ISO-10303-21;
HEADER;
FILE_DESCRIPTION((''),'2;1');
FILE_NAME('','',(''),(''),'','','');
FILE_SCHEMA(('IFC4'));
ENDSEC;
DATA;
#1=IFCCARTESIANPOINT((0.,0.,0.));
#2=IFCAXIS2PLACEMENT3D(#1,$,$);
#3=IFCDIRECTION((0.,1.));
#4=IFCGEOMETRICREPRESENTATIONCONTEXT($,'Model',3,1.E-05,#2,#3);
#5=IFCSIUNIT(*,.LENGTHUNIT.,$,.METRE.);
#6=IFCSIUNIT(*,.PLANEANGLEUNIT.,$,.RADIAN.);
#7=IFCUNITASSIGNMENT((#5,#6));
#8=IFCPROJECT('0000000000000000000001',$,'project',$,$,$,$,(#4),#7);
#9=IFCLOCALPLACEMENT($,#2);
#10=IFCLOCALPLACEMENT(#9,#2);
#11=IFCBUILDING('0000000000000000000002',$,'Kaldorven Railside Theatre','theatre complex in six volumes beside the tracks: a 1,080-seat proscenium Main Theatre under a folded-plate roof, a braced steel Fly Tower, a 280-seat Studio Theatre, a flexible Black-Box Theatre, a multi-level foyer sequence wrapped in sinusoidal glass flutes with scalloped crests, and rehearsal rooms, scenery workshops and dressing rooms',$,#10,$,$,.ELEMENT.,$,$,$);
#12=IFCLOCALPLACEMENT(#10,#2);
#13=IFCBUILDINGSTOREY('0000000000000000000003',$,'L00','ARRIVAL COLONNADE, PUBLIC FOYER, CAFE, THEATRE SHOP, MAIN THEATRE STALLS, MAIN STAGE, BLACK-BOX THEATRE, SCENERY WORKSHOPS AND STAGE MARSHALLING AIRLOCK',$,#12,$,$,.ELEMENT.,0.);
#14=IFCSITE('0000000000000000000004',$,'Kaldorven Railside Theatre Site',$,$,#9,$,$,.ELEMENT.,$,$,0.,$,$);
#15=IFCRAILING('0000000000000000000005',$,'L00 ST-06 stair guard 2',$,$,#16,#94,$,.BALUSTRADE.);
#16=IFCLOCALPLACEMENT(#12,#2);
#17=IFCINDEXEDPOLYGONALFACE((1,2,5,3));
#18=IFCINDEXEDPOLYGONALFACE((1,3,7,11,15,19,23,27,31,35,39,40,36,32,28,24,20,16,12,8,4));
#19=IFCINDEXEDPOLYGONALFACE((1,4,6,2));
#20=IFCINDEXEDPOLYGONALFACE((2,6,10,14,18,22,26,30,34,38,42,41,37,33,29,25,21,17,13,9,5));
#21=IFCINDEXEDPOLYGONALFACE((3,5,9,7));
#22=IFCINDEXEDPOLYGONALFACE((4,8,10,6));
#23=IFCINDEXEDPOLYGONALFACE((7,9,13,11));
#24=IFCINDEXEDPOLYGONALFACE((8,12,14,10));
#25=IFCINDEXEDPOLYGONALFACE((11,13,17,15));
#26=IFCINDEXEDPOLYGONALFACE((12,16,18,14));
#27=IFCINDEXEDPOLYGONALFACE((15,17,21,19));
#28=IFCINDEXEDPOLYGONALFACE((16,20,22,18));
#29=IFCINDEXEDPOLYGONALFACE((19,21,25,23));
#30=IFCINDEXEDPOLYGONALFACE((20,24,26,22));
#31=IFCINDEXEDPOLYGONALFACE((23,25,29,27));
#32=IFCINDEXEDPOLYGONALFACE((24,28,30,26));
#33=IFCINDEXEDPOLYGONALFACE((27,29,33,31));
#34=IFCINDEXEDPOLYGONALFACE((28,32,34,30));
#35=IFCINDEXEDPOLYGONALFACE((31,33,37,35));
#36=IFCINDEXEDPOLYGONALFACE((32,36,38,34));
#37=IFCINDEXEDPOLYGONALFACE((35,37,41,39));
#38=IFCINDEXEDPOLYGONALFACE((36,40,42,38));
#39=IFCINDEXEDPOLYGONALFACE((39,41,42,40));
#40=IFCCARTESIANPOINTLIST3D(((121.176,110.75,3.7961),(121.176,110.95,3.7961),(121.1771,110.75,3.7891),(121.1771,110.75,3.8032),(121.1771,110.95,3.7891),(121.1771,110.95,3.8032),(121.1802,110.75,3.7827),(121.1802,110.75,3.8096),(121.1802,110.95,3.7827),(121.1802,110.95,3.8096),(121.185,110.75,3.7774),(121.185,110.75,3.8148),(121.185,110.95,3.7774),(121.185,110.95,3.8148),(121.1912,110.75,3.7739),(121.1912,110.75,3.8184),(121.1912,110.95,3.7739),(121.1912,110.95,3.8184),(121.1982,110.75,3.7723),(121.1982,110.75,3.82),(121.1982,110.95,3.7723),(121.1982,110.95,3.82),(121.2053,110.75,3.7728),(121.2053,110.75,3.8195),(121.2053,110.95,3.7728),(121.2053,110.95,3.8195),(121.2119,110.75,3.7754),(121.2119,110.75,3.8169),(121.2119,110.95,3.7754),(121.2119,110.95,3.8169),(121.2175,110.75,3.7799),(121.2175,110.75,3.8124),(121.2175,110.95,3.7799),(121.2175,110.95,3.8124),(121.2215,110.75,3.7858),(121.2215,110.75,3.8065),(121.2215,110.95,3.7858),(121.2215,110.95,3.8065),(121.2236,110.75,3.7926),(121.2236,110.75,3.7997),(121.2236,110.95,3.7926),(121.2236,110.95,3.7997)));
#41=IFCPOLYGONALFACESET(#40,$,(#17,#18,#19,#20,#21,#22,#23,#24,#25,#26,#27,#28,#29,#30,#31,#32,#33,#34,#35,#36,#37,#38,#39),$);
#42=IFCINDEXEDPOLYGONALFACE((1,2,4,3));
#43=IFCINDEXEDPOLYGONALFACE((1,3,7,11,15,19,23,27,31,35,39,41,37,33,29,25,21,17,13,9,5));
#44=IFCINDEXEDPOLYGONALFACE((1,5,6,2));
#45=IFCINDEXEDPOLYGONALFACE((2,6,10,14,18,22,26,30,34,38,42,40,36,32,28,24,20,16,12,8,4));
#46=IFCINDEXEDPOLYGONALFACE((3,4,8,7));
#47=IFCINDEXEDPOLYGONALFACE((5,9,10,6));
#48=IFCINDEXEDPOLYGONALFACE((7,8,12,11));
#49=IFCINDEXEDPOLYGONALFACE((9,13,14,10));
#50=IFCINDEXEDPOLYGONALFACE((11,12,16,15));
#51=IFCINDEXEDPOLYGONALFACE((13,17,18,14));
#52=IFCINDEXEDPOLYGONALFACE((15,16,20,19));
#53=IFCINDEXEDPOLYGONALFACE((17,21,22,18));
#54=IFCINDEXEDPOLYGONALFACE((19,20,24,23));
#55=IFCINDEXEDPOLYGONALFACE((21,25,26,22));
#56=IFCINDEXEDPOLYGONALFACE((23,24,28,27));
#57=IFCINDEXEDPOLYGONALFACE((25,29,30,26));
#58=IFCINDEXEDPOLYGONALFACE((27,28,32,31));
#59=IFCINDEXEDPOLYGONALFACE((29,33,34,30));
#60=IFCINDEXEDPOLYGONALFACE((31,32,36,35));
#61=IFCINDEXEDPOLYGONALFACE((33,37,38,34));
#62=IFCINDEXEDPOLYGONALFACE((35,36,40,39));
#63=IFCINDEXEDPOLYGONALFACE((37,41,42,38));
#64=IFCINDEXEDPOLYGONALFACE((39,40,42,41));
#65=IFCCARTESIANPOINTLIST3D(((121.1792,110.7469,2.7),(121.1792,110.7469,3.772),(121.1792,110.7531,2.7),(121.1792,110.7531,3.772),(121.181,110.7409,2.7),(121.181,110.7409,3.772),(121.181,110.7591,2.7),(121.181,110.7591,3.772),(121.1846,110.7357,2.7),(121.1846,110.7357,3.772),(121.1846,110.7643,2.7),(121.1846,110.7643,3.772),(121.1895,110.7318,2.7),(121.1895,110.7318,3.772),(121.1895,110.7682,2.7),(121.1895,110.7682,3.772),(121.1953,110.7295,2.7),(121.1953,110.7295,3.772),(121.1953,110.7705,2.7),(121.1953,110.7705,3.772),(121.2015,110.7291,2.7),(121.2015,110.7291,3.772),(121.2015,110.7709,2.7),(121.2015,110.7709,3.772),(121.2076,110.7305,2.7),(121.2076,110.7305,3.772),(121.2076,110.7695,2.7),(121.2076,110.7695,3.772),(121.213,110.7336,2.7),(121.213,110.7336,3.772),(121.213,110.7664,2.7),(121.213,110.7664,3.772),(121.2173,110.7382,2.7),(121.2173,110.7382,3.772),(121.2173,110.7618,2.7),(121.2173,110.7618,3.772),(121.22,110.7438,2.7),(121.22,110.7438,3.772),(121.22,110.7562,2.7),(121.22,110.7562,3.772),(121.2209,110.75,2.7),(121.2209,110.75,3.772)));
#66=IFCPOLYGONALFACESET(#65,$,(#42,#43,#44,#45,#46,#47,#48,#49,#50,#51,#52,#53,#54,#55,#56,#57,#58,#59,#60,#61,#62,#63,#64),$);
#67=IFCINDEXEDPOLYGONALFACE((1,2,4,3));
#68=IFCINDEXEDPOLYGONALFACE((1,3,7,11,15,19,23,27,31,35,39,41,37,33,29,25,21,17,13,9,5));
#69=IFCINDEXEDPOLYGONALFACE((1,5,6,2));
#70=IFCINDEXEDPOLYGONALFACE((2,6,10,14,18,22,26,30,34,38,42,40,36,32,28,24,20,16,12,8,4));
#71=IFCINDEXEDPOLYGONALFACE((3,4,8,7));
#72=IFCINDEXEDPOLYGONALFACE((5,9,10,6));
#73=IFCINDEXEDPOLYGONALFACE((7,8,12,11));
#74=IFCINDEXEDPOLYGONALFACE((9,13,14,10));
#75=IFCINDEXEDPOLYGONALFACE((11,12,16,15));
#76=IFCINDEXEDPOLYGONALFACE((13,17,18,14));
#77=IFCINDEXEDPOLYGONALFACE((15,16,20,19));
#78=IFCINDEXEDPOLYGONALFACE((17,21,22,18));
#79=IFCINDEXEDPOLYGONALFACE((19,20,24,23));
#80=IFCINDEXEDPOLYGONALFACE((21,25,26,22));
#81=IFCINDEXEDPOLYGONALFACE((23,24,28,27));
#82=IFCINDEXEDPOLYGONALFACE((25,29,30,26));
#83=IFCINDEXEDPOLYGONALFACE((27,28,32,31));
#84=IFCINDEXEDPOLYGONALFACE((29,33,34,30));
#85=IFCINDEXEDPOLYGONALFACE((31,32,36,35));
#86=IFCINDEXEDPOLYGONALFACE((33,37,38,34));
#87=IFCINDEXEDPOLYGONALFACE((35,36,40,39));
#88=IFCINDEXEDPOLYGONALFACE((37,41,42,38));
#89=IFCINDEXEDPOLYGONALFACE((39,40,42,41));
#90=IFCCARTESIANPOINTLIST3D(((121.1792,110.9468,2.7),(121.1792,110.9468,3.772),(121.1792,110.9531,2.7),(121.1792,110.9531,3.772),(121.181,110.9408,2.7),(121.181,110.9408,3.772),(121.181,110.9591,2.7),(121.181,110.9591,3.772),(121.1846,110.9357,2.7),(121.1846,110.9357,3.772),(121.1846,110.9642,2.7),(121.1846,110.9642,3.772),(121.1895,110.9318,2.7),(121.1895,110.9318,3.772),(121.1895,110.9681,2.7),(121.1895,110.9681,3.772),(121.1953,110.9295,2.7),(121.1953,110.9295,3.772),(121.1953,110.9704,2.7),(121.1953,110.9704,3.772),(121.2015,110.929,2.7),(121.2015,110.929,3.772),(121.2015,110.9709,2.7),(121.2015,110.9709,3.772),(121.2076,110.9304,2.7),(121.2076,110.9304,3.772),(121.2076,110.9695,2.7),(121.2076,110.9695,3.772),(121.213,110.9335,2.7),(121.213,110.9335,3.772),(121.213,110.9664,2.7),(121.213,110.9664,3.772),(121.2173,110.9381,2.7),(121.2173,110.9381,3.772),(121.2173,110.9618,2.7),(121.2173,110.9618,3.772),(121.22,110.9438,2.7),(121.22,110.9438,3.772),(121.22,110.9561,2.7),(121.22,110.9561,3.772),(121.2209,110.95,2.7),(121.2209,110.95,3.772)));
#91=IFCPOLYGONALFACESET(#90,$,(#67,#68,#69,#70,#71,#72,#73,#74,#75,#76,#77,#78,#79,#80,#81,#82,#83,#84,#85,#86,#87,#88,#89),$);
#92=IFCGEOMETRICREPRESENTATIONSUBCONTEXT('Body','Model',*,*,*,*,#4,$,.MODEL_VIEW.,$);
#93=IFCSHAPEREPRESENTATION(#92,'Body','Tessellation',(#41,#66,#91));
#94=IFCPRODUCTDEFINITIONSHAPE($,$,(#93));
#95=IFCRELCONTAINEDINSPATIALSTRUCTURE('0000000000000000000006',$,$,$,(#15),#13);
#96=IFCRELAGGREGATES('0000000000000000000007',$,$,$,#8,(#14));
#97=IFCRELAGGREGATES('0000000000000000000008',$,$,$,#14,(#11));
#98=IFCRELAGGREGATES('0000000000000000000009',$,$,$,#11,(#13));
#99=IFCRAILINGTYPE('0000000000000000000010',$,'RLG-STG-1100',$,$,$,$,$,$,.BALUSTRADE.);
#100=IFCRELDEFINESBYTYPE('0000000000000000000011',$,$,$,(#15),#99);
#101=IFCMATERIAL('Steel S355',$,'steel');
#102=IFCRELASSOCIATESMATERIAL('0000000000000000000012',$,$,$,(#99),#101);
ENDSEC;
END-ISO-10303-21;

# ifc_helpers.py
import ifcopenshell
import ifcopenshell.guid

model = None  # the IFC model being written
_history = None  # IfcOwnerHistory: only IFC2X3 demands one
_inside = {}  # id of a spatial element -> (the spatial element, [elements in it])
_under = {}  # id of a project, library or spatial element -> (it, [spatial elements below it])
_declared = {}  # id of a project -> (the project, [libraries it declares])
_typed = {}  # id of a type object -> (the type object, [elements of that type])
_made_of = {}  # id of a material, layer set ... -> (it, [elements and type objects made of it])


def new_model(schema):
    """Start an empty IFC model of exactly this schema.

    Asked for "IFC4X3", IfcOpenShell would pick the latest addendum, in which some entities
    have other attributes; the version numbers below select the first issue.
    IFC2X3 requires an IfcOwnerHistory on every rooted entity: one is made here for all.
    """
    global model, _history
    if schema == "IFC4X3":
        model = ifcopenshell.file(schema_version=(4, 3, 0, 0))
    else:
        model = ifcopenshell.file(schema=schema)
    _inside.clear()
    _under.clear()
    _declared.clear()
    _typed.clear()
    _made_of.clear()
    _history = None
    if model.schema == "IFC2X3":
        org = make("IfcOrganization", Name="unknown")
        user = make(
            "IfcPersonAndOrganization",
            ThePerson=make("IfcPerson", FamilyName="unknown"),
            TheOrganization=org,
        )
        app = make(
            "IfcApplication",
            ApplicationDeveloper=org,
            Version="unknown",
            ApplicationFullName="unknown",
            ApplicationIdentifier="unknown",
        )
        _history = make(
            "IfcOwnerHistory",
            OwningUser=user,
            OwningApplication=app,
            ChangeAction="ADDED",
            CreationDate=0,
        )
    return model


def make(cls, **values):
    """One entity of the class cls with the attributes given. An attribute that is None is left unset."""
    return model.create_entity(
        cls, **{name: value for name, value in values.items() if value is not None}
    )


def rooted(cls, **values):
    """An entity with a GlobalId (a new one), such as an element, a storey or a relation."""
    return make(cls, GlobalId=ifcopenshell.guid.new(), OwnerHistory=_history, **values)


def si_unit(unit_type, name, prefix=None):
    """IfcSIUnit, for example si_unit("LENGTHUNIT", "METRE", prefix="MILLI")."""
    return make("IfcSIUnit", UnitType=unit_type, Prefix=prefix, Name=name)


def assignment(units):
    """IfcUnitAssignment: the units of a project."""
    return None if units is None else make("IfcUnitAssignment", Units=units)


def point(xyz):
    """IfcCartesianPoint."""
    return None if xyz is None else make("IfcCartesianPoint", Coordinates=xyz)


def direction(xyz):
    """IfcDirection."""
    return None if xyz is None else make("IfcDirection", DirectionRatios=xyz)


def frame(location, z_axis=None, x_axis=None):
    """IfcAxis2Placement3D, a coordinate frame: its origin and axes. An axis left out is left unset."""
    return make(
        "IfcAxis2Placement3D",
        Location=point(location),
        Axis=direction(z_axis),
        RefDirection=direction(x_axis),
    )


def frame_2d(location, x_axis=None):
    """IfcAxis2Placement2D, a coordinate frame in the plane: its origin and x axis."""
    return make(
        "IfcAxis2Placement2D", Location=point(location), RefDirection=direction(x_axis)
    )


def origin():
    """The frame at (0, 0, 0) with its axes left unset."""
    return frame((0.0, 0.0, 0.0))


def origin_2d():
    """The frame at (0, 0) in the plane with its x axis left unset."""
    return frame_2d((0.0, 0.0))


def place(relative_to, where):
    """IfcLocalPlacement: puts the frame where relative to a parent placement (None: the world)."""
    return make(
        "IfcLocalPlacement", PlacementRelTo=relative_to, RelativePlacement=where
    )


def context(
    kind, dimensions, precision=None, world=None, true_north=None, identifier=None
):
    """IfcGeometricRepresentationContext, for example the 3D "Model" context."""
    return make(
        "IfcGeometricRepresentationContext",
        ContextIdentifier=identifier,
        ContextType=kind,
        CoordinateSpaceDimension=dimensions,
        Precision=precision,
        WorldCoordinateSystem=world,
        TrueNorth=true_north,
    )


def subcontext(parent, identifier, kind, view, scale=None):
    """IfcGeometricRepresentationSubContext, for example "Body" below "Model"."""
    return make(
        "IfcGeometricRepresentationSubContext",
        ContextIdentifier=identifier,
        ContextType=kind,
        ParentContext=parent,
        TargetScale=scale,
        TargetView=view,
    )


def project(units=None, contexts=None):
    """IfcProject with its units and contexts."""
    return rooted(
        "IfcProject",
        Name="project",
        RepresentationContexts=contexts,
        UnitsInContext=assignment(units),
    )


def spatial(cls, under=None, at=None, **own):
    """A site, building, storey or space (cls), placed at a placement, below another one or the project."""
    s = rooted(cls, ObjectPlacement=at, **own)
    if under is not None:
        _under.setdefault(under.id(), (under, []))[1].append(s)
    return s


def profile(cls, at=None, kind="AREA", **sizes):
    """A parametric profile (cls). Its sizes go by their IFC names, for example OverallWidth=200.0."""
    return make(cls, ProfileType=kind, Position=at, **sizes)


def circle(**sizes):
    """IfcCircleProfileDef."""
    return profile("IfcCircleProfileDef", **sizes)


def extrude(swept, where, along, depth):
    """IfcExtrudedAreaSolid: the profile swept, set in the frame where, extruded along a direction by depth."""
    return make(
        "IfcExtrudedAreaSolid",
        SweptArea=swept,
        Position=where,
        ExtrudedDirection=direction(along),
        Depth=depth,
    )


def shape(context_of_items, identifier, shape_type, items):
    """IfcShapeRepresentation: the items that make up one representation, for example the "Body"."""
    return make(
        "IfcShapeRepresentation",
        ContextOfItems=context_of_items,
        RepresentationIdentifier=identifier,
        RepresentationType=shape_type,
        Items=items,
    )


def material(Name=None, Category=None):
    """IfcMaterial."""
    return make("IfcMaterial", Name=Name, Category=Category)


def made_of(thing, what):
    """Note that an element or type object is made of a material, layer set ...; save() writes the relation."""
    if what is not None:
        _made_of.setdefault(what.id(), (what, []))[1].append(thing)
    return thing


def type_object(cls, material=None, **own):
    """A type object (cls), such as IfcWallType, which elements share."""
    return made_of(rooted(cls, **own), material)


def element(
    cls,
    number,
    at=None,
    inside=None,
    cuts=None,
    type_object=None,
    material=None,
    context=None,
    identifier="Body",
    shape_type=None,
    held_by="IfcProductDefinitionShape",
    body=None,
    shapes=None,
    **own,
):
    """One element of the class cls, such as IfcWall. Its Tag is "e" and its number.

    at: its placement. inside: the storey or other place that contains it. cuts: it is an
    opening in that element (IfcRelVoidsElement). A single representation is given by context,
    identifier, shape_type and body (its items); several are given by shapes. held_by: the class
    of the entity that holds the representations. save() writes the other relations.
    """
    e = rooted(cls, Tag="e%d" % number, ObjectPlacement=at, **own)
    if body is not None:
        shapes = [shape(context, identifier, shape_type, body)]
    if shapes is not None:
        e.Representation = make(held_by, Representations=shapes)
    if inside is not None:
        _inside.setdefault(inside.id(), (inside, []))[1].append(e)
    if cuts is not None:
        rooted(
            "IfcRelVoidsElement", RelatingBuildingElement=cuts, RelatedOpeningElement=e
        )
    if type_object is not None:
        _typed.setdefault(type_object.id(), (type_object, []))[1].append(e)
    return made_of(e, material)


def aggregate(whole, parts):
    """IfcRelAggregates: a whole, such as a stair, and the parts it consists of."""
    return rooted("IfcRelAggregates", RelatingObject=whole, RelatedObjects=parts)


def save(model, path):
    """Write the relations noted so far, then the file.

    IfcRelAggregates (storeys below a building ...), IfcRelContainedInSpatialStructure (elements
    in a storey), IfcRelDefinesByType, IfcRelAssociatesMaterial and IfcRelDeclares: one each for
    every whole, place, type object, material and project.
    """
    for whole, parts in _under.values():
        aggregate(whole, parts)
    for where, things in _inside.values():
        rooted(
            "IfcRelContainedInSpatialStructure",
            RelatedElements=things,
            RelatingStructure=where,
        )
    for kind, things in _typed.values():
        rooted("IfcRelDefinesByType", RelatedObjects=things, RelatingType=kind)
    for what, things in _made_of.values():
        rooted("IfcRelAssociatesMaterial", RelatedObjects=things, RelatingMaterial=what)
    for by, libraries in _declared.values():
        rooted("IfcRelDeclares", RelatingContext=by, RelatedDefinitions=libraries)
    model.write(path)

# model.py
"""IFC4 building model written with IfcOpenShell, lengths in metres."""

from ifc_helpers import new_model, si_unit, direction, frame, origin, origin_2d, place, context, subcontext, project, spatial, circle, extrude, material, type_object, element, save


model = new_model("IFC4")

# Units and contexts
model_context = context("Model", 3, precision=1e-05, world=origin(), true_north=direction((0.0, 1.0)))
body_context = subcontext(model_context, "Body", "Model", "MODEL_VIEW")
ifc_project = project(units=[si_unit("LENGTHUNIT", "METRE"), si_unit("PLANEANGLEUNIT", "RADIAN")], contexts=[model_context])

# Site, building, storey
site_placement = place(None, origin())
site = spatial("IfcSite", under=ifc_project, at=site_placement, Name="Kaldorven Railside Theatre Site", CompositionType="ELEMENT", RefElevation=0.0)
building_placement = place(site_placement, origin())
building = spatial("IfcBuilding", under=site, at=building_placement, Name="Kaldorven Railside Theatre", Description="theatre complex in six volumes beside the tracks: a 1,080-seat proscenium Main Theatre under a folded-plate roof, a braced steel Fly Tower, a 280-seat Studio Theatre, a flexible Black-Box Theatre, a multi-level foyer sequence wrapped in sinusoidal glass flutes with scalloped crests, and rehearsal rooms, scenery workshops and dressing rooms", CompositionType="ELEMENT")
storey_placement = place(building_placement, origin())
storey = spatial("IfcBuildingStorey", under=building, at=storey_placement, Name="L00", Description="ARRIVAL COLONNADE, PUBLIC FOYER, CAFE, THEATRE SHOP, MAIN THEATRE STALLS, MAIN STAGE, BLACK-BOX THEATRE, SCENERY WORKSHOPS AND STAGE MARSHALLING AIRLOCK", CompositionType="ELEMENT", Elevation=0.0)

# Shared definitions
ifc_material_1 = material(Name="Steel S355", Category="steel")

# Railing
railing_type_1 = type_object("IfcRailingType", Name="RLG-STG-1100", PredefinedType="BALUSTRADE", material=ifc_material_1)
railing_1_placement = place(storey_placement, frame((121.2, 110.75, 2.7)))
element("IfcRailing", 1, at=railing_1_placement, inside=storey, type_object=railing_type_1, Name="L00 ST-06 stair guard 2", PredefinedType="BALUSTRADE", context=body_context, shape_type="SweptSolid", body=[
    extrude(circle(Radius=0.0239, at=origin_2d()), frame((0.0, 0.0, 1.0962), z_axis=(0.0, 1.0, 0.0), x_axis=(-1.0, 0.0, 0.0)), (0.0, 0.0, 1.0), 0.2),
    extrude(circle(Radius=0.021, at=origin_2d()), origin(), (0.0, 0.0, 1.0), 1.072),
    extrude(circle(Radius=0.021, at=origin_2d()), frame((0.0, 0.2, 0.0)), (0.0, 0.0, 1.0), 1.072),
])

save(model, "model.ifc")
